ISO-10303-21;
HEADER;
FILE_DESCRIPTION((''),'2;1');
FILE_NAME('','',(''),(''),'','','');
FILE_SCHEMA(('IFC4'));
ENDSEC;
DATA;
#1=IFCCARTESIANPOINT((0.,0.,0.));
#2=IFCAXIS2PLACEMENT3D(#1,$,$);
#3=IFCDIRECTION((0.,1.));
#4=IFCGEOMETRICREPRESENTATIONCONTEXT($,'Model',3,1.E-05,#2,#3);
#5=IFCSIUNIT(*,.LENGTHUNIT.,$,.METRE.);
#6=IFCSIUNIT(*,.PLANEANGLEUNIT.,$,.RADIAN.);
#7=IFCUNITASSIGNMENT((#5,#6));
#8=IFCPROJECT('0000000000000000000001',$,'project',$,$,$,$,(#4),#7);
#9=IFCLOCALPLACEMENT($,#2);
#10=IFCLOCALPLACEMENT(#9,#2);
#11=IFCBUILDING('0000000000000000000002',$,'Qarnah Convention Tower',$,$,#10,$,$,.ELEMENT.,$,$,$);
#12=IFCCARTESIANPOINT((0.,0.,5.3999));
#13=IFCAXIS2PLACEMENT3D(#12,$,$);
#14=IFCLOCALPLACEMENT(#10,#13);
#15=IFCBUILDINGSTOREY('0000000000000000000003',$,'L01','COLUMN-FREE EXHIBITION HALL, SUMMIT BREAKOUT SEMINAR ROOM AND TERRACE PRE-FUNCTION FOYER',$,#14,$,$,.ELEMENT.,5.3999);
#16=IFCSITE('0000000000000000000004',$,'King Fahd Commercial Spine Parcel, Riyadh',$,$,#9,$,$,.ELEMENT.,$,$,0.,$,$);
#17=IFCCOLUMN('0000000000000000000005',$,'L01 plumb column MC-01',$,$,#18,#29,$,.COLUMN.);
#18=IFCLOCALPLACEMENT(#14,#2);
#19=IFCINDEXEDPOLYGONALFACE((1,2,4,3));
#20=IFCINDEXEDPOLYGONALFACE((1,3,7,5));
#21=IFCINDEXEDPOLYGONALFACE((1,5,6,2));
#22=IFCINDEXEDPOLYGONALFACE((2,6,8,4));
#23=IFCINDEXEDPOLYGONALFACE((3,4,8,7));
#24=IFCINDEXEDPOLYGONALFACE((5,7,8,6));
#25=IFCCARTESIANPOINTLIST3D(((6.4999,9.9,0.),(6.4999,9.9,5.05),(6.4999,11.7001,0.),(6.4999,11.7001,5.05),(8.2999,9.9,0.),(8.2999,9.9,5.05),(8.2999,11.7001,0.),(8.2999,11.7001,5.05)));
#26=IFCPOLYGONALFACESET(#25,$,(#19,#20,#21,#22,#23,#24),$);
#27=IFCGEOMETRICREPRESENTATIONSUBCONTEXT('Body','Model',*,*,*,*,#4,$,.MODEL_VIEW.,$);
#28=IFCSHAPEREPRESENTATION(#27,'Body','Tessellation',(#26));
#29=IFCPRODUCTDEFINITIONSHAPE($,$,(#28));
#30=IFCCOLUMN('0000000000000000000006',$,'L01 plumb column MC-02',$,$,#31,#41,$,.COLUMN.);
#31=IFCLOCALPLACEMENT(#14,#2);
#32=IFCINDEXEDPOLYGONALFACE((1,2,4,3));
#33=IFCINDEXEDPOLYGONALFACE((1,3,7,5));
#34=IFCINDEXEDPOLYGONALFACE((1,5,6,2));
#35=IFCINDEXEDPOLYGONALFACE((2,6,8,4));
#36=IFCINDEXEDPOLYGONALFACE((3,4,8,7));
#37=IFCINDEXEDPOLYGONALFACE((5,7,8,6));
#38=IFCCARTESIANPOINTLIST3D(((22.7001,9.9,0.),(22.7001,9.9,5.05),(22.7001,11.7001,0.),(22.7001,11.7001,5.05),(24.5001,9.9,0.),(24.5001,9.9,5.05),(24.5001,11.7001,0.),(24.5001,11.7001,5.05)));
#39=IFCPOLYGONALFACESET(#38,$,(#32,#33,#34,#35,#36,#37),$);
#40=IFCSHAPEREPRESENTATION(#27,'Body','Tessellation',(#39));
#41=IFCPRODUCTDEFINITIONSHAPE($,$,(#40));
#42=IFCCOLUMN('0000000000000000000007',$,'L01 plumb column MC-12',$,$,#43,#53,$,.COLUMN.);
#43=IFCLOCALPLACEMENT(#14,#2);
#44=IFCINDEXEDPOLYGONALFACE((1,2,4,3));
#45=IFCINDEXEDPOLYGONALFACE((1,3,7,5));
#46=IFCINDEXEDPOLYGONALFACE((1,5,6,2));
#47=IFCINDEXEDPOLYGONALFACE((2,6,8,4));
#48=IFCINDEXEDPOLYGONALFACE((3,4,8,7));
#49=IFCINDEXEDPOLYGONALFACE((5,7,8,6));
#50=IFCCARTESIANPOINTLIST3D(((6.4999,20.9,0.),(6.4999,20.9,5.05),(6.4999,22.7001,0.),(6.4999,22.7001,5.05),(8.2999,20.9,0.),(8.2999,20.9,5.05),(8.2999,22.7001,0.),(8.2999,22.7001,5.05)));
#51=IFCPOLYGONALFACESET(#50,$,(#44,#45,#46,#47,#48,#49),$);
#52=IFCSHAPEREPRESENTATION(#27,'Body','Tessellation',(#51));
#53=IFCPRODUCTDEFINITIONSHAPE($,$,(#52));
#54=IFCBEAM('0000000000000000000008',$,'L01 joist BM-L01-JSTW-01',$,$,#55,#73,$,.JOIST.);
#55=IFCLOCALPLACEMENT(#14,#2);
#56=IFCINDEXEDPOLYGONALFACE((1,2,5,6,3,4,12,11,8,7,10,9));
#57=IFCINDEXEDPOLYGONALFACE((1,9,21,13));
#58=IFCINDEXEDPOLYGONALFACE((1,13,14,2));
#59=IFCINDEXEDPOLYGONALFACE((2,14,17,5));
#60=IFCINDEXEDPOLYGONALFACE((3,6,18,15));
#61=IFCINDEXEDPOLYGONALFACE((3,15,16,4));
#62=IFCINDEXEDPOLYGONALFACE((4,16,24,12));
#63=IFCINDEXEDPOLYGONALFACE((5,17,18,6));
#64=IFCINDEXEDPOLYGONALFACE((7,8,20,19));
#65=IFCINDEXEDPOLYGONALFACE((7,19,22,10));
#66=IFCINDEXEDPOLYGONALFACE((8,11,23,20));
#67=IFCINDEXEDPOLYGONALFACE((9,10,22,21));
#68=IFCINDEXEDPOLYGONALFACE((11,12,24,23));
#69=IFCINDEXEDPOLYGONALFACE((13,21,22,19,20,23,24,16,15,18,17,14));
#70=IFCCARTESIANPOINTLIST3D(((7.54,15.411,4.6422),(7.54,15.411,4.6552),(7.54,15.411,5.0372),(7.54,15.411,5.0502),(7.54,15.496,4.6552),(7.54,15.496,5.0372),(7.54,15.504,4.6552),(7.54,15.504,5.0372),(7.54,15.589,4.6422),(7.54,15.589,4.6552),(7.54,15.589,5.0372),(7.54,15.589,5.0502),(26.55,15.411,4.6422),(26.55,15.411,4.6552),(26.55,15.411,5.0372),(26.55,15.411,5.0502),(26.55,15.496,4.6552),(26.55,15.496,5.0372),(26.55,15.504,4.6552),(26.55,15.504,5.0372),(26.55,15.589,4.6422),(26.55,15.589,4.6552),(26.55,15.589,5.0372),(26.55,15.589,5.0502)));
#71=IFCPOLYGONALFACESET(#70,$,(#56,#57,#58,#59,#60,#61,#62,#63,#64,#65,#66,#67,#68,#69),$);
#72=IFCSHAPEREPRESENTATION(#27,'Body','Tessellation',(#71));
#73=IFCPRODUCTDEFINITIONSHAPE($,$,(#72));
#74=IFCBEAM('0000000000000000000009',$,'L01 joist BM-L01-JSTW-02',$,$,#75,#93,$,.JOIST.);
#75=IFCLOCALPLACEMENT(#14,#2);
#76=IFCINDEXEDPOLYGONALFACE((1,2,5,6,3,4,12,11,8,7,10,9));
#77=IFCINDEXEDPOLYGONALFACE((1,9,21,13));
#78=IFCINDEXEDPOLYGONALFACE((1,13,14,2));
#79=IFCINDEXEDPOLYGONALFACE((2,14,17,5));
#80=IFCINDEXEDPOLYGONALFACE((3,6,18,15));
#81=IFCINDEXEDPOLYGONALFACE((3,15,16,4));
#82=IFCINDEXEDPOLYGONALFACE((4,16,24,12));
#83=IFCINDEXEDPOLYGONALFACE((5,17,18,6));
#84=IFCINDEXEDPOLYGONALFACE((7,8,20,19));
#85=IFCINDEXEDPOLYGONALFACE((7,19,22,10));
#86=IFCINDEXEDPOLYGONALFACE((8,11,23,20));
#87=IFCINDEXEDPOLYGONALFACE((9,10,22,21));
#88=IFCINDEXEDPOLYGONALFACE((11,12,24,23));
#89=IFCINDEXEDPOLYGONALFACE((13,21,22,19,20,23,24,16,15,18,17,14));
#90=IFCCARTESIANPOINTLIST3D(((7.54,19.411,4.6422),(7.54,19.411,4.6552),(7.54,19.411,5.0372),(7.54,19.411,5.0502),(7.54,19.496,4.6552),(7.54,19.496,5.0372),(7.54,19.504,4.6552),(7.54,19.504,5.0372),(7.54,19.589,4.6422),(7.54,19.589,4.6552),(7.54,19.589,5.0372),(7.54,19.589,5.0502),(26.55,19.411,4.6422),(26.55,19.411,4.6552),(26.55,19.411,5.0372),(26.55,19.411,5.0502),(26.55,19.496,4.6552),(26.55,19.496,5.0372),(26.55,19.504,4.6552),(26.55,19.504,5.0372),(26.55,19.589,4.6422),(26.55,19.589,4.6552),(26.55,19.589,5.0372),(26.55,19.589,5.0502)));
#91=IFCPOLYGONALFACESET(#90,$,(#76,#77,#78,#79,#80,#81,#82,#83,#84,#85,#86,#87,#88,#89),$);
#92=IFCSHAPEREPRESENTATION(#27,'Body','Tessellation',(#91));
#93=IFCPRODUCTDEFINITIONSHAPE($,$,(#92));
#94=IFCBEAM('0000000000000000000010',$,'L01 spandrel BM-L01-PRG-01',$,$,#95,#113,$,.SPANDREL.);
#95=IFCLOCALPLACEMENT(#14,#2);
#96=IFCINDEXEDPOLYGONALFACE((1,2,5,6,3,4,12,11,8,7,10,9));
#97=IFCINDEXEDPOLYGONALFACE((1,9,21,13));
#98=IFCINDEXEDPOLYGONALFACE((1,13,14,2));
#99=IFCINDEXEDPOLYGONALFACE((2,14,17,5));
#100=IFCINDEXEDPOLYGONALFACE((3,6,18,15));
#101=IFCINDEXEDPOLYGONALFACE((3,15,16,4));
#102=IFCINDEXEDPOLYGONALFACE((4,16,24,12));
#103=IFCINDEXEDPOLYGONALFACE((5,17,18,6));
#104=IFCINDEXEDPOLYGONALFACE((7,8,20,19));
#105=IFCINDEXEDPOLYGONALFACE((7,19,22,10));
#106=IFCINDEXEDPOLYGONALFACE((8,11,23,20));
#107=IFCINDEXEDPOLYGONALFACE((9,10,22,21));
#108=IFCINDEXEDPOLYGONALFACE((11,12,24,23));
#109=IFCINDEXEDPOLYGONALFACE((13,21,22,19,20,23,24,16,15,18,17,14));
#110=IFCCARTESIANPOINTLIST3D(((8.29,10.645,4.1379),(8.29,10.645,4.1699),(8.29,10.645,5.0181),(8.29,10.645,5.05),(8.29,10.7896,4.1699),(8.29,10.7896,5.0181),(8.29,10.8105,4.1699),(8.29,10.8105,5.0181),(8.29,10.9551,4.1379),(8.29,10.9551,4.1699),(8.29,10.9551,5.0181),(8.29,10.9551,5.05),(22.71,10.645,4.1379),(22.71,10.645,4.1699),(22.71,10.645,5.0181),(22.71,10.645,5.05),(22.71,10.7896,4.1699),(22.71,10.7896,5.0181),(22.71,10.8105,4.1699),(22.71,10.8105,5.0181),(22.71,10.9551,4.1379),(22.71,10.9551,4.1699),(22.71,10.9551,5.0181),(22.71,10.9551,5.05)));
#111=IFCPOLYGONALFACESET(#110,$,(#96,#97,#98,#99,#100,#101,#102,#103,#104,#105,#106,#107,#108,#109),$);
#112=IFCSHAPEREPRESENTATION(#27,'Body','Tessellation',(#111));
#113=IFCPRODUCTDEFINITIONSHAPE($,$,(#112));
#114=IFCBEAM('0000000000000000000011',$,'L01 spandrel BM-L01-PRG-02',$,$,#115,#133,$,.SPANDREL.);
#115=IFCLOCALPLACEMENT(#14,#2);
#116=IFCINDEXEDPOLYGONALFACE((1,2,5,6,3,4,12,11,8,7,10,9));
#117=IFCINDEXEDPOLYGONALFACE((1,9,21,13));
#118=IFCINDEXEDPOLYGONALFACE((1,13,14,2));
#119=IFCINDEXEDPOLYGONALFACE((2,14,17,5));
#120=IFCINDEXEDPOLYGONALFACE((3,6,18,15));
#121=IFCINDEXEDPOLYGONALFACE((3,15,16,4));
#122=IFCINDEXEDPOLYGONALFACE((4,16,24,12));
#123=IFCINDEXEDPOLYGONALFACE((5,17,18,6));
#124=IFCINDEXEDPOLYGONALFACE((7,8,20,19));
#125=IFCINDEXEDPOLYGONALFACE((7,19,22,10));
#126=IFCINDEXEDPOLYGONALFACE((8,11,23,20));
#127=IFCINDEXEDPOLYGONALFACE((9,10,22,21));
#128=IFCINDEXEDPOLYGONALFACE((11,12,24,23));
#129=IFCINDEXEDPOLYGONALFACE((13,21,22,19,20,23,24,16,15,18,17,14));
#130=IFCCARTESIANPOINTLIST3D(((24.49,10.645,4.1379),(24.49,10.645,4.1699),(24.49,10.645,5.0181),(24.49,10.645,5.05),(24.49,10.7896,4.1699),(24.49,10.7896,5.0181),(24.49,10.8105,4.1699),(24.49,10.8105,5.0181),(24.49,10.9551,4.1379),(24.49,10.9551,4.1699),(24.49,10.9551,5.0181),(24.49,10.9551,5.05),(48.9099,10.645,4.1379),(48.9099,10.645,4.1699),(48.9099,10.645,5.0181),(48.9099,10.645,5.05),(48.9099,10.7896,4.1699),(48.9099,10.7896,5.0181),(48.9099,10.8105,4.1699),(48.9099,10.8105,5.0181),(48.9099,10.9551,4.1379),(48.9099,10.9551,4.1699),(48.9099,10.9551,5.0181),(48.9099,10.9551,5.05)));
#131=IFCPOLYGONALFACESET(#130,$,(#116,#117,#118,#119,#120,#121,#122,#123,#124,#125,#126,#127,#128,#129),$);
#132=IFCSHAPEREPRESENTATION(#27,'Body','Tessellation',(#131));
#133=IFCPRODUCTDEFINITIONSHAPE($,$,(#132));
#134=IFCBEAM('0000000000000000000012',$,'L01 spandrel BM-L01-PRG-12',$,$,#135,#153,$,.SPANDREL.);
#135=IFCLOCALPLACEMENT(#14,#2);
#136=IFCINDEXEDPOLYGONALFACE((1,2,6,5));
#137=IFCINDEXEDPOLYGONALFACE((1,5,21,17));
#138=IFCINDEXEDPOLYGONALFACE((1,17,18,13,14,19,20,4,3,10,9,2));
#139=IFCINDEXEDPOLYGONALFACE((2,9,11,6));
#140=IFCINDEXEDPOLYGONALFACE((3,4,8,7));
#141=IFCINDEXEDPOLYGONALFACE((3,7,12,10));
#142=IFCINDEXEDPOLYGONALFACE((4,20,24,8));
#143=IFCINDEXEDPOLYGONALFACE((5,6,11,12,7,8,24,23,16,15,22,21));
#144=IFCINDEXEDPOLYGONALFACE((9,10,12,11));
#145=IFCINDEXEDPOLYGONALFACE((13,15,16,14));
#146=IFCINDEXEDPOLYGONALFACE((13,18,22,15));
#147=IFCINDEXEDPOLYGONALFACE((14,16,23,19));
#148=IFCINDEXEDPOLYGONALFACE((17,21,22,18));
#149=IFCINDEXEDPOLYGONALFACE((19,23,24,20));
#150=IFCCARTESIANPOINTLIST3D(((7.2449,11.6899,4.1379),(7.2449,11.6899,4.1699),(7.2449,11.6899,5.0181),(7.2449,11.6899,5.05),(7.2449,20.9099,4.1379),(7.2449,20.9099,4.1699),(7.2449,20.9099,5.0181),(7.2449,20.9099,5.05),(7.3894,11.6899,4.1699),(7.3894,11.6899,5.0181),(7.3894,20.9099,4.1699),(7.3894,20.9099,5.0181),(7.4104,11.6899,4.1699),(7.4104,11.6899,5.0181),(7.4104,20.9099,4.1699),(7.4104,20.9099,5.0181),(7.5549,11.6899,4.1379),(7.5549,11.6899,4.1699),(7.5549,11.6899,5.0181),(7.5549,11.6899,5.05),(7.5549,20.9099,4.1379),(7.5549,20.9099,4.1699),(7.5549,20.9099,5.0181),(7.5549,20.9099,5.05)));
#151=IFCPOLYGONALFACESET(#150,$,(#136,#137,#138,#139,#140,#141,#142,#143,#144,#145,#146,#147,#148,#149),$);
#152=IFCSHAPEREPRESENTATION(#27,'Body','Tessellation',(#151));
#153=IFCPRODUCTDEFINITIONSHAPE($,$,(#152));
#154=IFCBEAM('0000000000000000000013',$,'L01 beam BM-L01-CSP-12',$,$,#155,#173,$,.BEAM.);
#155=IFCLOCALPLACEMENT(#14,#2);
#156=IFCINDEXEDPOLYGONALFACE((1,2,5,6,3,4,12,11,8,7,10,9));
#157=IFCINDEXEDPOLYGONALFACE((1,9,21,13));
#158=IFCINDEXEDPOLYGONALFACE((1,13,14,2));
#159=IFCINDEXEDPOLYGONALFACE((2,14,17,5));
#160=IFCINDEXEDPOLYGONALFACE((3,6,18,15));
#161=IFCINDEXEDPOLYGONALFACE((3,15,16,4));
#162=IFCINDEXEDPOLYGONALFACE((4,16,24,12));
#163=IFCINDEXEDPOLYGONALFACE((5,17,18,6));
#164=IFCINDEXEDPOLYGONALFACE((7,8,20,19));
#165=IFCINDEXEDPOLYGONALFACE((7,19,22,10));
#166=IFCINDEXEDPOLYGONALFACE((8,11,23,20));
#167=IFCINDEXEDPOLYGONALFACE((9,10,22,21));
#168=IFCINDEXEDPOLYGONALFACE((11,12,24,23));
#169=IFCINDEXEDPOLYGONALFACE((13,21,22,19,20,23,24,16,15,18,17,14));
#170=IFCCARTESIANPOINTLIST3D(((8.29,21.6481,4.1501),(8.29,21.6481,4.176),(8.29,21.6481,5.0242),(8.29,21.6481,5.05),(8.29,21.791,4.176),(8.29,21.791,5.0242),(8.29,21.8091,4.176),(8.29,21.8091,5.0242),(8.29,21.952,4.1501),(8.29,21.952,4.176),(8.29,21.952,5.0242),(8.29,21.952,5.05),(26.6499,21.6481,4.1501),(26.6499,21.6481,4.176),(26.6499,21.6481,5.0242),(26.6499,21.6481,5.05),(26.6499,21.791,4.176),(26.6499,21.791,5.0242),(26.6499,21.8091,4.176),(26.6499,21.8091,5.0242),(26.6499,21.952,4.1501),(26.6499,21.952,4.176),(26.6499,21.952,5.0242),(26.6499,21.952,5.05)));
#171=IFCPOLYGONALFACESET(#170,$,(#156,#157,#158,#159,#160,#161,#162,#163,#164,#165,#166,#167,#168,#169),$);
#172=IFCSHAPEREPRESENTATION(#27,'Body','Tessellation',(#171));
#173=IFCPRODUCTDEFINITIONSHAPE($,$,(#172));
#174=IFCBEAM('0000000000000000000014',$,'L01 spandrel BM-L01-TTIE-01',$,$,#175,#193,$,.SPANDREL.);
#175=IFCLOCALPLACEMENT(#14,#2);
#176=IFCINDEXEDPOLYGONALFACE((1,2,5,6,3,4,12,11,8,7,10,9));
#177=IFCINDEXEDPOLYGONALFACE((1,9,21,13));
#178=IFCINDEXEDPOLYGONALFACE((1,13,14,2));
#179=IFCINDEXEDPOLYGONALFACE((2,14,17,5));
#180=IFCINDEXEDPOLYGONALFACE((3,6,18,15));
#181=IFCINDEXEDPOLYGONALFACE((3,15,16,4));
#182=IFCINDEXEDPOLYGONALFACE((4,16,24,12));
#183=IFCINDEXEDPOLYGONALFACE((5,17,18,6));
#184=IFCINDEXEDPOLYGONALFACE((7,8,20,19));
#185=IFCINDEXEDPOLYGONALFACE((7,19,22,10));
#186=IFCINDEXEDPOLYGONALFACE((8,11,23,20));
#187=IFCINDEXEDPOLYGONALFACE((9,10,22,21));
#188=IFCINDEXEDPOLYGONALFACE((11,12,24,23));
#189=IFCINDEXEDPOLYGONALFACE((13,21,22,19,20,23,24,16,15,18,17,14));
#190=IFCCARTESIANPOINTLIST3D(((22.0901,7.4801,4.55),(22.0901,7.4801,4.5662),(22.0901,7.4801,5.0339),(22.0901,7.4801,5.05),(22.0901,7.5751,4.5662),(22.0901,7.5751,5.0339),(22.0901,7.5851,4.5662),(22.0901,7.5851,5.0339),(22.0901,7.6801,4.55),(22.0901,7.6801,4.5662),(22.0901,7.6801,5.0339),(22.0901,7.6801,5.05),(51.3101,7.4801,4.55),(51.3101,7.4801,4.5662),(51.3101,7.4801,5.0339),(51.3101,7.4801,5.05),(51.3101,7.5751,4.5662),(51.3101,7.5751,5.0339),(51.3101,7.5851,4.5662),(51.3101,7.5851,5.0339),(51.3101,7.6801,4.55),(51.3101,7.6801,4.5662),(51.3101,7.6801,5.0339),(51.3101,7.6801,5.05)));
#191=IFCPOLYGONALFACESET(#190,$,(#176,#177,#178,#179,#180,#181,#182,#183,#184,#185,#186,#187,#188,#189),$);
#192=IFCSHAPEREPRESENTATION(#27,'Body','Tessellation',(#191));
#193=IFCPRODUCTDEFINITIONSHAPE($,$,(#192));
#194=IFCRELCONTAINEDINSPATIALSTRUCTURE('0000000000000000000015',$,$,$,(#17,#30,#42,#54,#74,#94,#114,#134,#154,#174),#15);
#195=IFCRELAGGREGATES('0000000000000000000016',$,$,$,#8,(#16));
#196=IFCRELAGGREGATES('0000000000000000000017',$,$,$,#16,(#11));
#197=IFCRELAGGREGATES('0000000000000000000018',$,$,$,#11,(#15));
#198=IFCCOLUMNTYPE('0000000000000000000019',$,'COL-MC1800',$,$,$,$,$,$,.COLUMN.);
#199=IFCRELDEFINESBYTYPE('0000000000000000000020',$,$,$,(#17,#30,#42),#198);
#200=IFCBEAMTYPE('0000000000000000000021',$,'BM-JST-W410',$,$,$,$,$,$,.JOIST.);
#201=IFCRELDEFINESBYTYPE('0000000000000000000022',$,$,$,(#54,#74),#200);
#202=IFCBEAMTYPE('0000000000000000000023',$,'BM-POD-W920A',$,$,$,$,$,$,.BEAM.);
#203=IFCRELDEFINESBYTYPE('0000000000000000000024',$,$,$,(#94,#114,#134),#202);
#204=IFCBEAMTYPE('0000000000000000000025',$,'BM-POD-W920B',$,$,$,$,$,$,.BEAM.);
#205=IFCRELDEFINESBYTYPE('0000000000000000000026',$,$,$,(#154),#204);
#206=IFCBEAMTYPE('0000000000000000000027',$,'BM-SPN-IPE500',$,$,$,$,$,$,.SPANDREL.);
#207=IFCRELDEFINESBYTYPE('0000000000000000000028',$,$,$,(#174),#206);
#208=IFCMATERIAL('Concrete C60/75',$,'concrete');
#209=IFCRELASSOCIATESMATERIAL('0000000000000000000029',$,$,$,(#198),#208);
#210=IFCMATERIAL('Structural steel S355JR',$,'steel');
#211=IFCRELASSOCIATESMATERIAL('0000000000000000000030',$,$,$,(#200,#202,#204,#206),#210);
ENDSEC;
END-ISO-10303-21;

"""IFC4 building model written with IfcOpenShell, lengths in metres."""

from ifc_helpers import new_model, si_unit, direction, frame, origin, origin_2d, place, context, subcontext, project, spatial, rectangle, i_section, extrude, material, material_profile, profile_set, type_object, element, save


model = new_model("IFC4")

# Units and contexts
model_context = context("Model", 3, precision=1e-05, world=origin(), true_north=direction((0.0, 1.0)))
body_context = subcontext(model_context, "Body", "Model", "MODEL_VIEW")
ifc_project = project(units=[si_unit("LENGTHUNIT", "METRE"), si_unit("PLANEANGLEUNIT", "RADIAN")], contexts=[model_context])

# Site, building, storey
site_placement = place(None, origin())
site = spatial("IfcSite", under=ifc_project, at=site_placement, Name="King Fahd Commercial Spine Parcel, Riyadh", CompositionType="ELEMENT", RefElevation=0.0)
building_placement = place(site_placement, origin())
building = spatial("IfcBuilding", under=site, at=building_placement, Name="Qarnah Convention Tower", CompositionType="ELEMENT")
storey_placement = place(building_placement, frame((0.0, 0.0, 5.3999)))
storey = spatial("IfcBuildingStorey", under=building, at=storey_placement, Name="L01", Description="COLUMN-FREE EXHIBITION HALL, SUMMIT BREAKOUT SEMINAR ROOM AND TERRACE PRE-FUNCTION FOYER", CompositionType="ELEMENT", Elevation=5.3999)

# Columns
ifc_material_1 = material(Name="Concrete C60/75", Category="concrete")
ifc_material_profile_1 = material_profile(ifc_material_1, rectangle(XDim=1.8, YDim=1.8, at=origin_2d()), Name="RC-COL-1800X1800")
ifc_profile_set_1 = profile_set([ifc_material_profile_1], Name="Concrete C60/75")
column_type = type_object("IfcColumnType", Name="COL-MC1800", PredefinedType="COLUMN", material=ifc_profile_set_1)
for number, where, z_axis, x_axis, name in (
    (1, (7.3999, 10.8, 0.0), (0.0, 0.0, 1.0), (1.0, 0.0, 0.0), "L01 plumb column MC-01"),
    (2, (23.6001, 10.8, 0.0), (0.0, 0.0, 1.0), (1.0, 0.0, 0.0), "L01 plumb column MC-02"),
    (3, (7.3999, 21.8, 0.0), (0.0, 0.0, 1.0), (1.0, 0.0, 0.0), "L01 plumb column MC-12"),
):
    element("IfcColumn", number, at=place(storey_placement, frame(where, z_axis=z_axis, x_axis=x_axis)), inside=storey, type_object=column_type, Name=name, PredefinedType="COLUMN", context=body_context, shape_type="SweptSolid", body=[
        extrude(rectangle(XDim=1.8, YDim=1.8, at=origin_2d()), origin(), (0.0, 0.0, 1.0), 5.05),
    ])

# Beams
ifc_material_2 = material(Name="Structural steel S355JR", Category="steel")
ifc_material_profile_2 = material_profile(ifc_material_2, i_section(OverallWidth=0.178, OverallDepth=0.408, WebThickness=0.0081, FlangeThickness=0.0129, at=origin_2d()), Name="W410X60")
ifc_profile_set_2 = profile_set([ifc_material_profile_2], Name="Structural steel S355JR")
beam_type_1 = type_object("IfcBeamType", Name="BM-JST-W410", PredefinedType="JOIST", material=ifc_profile_set_2)
for number, where, z_axis, x_axis, name in (
    (4, (7.54, 15.5, 4.8462), (1.0, 0.0, 0.0), (0.0, 1.0, 0.0), "L01 joist BM-L01-JSTW-01"),
    (5, (7.54, 19.5, 4.8462), (1.0, 0.0, 0.0), (0.0, 1.0, 0.0), "L01 joist BM-L01-JSTW-02"),
):
    element("IfcBeam", number, at=place(storey_placement, frame(where, z_axis=z_axis, x_axis=x_axis)), inside=storey, type_object=beam_type_1, Name=name, PredefinedType="JOIST", context=body_context, shape_type="SweptSolid", body=[
        extrude(i_section(OverallWidth=0.178, OverallDepth=0.408, WebThickness=0.0081, FlangeThickness=0.0129, at=origin_2d()), origin(), (0.0, 0.0, 1.0), 19.01),
    ])
ifc_material_profile_3 = material_profile(ifc_material_2, i_section(OverallWidth=0.3101, OverallDepth=0.9121, WebThickness=0.021, FlangeThickness=0.032, at=origin_2d()), Name="W920X342")
ifc_profile_set_3 = profile_set([ifc_material_profile_3], Name="Structural steel S355JR")
beam_type_2 = type_object("IfcBeamType", Name="BM-POD-W920A", PredefinedType="BEAM", material=ifc_profile_set_3)
beam_1_placement = place(storey_placement, frame((8.29, 10.8, 4.594), z_axis=(1.0, 0.0, 0.0), x_axis=(0.0, 1.0, 0.0)))
element("IfcBeam", 6, at=beam_1_placement, inside=storey, type_object=beam_type_2, Name="L01 spandrel BM-L01-PRG-01", PredefinedType="SPANDREL", context=body_context, shape_type="SweptSolid", body=[
    extrude(i_section(OverallWidth=0.3101, OverallDepth=0.9121, WebThickness=0.021, FlangeThickness=0.032, at=origin_2d()), origin(), (0.0, 0.0, 1.0), 14.4199),
])
beam_2_placement = place(storey_placement, frame((24.49, 10.8, 4.594), z_axis=(1.0, 0.0, 0.0), x_axis=(0.0, 1.0, 0.0)))
element("IfcBeam", 7, at=beam_2_placement, inside=storey, type_object=beam_type_2, Name="L01 spandrel BM-L01-PRG-02", PredefinedType="SPANDREL", context=body_context, shape_type="SweptSolid", body=[
    extrude(i_section(OverallWidth=0.3101, OverallDepth=0.9121, WebThickness=0.021, FlangeThickness=0.032, at=origin_2d()), origin(), (0.0, 0.0, 1.0), 24.4199),
])
beam_3_placement = place(storey_placement, frame((7.3999, 20.9099, 4.594), z_axis=(0.0, -1.0, 0.0), x_axis=(1.0, 0.0, 0.0)))
element("IfcBeam", 8, at=beam_3_placement, inside=storey, type_object=beam_type_2, Name="L01 spandrel BM-L01-PRG-12", PredefinedType="SPANDREL", context=body_context, shape_type="SweptSolid", body=[
    extrude(i_section(OverallWidth=0.3101, OverallDepth=0.9121, WebThickness=0.021, FlangeThickness=0.032, at=origin_2d()), origin(), (0.0, 0.0, 1.0), 9.22),
])
ifc_material_profile_4 = material_profile(ifc_material_2, i_section(OverallWidth=0.304, OverallDepth=0.8999, WebThickness=0.0181, FlangeThickness=0.0259, at=origin_2d()), Name="W920X271")
ifc_profile_set_4 = profile_set([ifc_material_profile_4], Name="Structural steel S355JR")
beam_type_3 = type_object("IfcBeamType", Name="BM-POD-W920B", PredefinedType="BEAM", material=ifc_profile_set_4)
beam_4_placement = place(storey_placement, frame((8.29, 21.8, 4.6001), z_axis=(1.0, 0.0, 0.0), x_axis=(0.0, 1.0, 0.0)))
element("IfcBeam", 9, at=beam_4_placement, inside=storey, type_object=beam_type_3, Name="L01 beam BM-L01-CSP-12", PredefinedType="BEAM", context=body_context, shape_type="SweptSolid", body=[
    extrude(i_section(OverallWidth=0.304, OverallDepth=0.8999, WebThickness=0.0181, FlangeThickness=0.0259, at=origin_2d()), origin(), (0.0, 0.0, 1.0), 18.3599),
])
ifc_material_profile_5 = material_profile(ifc_material_2, i_section(OverallWidth=0.2, OverallDepth=0.5, WebThickness=0.01, FlangeThickness=0.0161, at=origin_2d()), Name="IPE500")
ifc_profile_set_5 = profile_set([ifc_material_profile_5], Name="Structural steel S355JR")
beam_type_4 = type_object("IfcBeamType", Name="BM-SPN-IPE500", PredefinedType="SPANDREL", material=ifc_profile_set_5)
beam_5_placement = place(storey_placement, frame((22.0901, 7.5801, 4.8), z_axis=(1.0, 0.0, 0.0), x_axis=(0.0, 1.0, 0.0)))
element("IfcBeam", 10, at=beam_5_placement, inside=storey, type_object=beam_type_4, Name="L01 spandrel BM-L01-TTIE-01", PredefinedType="SPANDREL", context=body_context, shape_type="SweptSolid", body=[
    extrude(i_section(OverallWidth=0.2, OverallDepth=0.5, WebThickness=0.01, FlangeThickness=0.0161, at=origin_2d()), origin(), (0.0, 0.0, 1.0), 29.22),
])

save(model, "model.ifc")
